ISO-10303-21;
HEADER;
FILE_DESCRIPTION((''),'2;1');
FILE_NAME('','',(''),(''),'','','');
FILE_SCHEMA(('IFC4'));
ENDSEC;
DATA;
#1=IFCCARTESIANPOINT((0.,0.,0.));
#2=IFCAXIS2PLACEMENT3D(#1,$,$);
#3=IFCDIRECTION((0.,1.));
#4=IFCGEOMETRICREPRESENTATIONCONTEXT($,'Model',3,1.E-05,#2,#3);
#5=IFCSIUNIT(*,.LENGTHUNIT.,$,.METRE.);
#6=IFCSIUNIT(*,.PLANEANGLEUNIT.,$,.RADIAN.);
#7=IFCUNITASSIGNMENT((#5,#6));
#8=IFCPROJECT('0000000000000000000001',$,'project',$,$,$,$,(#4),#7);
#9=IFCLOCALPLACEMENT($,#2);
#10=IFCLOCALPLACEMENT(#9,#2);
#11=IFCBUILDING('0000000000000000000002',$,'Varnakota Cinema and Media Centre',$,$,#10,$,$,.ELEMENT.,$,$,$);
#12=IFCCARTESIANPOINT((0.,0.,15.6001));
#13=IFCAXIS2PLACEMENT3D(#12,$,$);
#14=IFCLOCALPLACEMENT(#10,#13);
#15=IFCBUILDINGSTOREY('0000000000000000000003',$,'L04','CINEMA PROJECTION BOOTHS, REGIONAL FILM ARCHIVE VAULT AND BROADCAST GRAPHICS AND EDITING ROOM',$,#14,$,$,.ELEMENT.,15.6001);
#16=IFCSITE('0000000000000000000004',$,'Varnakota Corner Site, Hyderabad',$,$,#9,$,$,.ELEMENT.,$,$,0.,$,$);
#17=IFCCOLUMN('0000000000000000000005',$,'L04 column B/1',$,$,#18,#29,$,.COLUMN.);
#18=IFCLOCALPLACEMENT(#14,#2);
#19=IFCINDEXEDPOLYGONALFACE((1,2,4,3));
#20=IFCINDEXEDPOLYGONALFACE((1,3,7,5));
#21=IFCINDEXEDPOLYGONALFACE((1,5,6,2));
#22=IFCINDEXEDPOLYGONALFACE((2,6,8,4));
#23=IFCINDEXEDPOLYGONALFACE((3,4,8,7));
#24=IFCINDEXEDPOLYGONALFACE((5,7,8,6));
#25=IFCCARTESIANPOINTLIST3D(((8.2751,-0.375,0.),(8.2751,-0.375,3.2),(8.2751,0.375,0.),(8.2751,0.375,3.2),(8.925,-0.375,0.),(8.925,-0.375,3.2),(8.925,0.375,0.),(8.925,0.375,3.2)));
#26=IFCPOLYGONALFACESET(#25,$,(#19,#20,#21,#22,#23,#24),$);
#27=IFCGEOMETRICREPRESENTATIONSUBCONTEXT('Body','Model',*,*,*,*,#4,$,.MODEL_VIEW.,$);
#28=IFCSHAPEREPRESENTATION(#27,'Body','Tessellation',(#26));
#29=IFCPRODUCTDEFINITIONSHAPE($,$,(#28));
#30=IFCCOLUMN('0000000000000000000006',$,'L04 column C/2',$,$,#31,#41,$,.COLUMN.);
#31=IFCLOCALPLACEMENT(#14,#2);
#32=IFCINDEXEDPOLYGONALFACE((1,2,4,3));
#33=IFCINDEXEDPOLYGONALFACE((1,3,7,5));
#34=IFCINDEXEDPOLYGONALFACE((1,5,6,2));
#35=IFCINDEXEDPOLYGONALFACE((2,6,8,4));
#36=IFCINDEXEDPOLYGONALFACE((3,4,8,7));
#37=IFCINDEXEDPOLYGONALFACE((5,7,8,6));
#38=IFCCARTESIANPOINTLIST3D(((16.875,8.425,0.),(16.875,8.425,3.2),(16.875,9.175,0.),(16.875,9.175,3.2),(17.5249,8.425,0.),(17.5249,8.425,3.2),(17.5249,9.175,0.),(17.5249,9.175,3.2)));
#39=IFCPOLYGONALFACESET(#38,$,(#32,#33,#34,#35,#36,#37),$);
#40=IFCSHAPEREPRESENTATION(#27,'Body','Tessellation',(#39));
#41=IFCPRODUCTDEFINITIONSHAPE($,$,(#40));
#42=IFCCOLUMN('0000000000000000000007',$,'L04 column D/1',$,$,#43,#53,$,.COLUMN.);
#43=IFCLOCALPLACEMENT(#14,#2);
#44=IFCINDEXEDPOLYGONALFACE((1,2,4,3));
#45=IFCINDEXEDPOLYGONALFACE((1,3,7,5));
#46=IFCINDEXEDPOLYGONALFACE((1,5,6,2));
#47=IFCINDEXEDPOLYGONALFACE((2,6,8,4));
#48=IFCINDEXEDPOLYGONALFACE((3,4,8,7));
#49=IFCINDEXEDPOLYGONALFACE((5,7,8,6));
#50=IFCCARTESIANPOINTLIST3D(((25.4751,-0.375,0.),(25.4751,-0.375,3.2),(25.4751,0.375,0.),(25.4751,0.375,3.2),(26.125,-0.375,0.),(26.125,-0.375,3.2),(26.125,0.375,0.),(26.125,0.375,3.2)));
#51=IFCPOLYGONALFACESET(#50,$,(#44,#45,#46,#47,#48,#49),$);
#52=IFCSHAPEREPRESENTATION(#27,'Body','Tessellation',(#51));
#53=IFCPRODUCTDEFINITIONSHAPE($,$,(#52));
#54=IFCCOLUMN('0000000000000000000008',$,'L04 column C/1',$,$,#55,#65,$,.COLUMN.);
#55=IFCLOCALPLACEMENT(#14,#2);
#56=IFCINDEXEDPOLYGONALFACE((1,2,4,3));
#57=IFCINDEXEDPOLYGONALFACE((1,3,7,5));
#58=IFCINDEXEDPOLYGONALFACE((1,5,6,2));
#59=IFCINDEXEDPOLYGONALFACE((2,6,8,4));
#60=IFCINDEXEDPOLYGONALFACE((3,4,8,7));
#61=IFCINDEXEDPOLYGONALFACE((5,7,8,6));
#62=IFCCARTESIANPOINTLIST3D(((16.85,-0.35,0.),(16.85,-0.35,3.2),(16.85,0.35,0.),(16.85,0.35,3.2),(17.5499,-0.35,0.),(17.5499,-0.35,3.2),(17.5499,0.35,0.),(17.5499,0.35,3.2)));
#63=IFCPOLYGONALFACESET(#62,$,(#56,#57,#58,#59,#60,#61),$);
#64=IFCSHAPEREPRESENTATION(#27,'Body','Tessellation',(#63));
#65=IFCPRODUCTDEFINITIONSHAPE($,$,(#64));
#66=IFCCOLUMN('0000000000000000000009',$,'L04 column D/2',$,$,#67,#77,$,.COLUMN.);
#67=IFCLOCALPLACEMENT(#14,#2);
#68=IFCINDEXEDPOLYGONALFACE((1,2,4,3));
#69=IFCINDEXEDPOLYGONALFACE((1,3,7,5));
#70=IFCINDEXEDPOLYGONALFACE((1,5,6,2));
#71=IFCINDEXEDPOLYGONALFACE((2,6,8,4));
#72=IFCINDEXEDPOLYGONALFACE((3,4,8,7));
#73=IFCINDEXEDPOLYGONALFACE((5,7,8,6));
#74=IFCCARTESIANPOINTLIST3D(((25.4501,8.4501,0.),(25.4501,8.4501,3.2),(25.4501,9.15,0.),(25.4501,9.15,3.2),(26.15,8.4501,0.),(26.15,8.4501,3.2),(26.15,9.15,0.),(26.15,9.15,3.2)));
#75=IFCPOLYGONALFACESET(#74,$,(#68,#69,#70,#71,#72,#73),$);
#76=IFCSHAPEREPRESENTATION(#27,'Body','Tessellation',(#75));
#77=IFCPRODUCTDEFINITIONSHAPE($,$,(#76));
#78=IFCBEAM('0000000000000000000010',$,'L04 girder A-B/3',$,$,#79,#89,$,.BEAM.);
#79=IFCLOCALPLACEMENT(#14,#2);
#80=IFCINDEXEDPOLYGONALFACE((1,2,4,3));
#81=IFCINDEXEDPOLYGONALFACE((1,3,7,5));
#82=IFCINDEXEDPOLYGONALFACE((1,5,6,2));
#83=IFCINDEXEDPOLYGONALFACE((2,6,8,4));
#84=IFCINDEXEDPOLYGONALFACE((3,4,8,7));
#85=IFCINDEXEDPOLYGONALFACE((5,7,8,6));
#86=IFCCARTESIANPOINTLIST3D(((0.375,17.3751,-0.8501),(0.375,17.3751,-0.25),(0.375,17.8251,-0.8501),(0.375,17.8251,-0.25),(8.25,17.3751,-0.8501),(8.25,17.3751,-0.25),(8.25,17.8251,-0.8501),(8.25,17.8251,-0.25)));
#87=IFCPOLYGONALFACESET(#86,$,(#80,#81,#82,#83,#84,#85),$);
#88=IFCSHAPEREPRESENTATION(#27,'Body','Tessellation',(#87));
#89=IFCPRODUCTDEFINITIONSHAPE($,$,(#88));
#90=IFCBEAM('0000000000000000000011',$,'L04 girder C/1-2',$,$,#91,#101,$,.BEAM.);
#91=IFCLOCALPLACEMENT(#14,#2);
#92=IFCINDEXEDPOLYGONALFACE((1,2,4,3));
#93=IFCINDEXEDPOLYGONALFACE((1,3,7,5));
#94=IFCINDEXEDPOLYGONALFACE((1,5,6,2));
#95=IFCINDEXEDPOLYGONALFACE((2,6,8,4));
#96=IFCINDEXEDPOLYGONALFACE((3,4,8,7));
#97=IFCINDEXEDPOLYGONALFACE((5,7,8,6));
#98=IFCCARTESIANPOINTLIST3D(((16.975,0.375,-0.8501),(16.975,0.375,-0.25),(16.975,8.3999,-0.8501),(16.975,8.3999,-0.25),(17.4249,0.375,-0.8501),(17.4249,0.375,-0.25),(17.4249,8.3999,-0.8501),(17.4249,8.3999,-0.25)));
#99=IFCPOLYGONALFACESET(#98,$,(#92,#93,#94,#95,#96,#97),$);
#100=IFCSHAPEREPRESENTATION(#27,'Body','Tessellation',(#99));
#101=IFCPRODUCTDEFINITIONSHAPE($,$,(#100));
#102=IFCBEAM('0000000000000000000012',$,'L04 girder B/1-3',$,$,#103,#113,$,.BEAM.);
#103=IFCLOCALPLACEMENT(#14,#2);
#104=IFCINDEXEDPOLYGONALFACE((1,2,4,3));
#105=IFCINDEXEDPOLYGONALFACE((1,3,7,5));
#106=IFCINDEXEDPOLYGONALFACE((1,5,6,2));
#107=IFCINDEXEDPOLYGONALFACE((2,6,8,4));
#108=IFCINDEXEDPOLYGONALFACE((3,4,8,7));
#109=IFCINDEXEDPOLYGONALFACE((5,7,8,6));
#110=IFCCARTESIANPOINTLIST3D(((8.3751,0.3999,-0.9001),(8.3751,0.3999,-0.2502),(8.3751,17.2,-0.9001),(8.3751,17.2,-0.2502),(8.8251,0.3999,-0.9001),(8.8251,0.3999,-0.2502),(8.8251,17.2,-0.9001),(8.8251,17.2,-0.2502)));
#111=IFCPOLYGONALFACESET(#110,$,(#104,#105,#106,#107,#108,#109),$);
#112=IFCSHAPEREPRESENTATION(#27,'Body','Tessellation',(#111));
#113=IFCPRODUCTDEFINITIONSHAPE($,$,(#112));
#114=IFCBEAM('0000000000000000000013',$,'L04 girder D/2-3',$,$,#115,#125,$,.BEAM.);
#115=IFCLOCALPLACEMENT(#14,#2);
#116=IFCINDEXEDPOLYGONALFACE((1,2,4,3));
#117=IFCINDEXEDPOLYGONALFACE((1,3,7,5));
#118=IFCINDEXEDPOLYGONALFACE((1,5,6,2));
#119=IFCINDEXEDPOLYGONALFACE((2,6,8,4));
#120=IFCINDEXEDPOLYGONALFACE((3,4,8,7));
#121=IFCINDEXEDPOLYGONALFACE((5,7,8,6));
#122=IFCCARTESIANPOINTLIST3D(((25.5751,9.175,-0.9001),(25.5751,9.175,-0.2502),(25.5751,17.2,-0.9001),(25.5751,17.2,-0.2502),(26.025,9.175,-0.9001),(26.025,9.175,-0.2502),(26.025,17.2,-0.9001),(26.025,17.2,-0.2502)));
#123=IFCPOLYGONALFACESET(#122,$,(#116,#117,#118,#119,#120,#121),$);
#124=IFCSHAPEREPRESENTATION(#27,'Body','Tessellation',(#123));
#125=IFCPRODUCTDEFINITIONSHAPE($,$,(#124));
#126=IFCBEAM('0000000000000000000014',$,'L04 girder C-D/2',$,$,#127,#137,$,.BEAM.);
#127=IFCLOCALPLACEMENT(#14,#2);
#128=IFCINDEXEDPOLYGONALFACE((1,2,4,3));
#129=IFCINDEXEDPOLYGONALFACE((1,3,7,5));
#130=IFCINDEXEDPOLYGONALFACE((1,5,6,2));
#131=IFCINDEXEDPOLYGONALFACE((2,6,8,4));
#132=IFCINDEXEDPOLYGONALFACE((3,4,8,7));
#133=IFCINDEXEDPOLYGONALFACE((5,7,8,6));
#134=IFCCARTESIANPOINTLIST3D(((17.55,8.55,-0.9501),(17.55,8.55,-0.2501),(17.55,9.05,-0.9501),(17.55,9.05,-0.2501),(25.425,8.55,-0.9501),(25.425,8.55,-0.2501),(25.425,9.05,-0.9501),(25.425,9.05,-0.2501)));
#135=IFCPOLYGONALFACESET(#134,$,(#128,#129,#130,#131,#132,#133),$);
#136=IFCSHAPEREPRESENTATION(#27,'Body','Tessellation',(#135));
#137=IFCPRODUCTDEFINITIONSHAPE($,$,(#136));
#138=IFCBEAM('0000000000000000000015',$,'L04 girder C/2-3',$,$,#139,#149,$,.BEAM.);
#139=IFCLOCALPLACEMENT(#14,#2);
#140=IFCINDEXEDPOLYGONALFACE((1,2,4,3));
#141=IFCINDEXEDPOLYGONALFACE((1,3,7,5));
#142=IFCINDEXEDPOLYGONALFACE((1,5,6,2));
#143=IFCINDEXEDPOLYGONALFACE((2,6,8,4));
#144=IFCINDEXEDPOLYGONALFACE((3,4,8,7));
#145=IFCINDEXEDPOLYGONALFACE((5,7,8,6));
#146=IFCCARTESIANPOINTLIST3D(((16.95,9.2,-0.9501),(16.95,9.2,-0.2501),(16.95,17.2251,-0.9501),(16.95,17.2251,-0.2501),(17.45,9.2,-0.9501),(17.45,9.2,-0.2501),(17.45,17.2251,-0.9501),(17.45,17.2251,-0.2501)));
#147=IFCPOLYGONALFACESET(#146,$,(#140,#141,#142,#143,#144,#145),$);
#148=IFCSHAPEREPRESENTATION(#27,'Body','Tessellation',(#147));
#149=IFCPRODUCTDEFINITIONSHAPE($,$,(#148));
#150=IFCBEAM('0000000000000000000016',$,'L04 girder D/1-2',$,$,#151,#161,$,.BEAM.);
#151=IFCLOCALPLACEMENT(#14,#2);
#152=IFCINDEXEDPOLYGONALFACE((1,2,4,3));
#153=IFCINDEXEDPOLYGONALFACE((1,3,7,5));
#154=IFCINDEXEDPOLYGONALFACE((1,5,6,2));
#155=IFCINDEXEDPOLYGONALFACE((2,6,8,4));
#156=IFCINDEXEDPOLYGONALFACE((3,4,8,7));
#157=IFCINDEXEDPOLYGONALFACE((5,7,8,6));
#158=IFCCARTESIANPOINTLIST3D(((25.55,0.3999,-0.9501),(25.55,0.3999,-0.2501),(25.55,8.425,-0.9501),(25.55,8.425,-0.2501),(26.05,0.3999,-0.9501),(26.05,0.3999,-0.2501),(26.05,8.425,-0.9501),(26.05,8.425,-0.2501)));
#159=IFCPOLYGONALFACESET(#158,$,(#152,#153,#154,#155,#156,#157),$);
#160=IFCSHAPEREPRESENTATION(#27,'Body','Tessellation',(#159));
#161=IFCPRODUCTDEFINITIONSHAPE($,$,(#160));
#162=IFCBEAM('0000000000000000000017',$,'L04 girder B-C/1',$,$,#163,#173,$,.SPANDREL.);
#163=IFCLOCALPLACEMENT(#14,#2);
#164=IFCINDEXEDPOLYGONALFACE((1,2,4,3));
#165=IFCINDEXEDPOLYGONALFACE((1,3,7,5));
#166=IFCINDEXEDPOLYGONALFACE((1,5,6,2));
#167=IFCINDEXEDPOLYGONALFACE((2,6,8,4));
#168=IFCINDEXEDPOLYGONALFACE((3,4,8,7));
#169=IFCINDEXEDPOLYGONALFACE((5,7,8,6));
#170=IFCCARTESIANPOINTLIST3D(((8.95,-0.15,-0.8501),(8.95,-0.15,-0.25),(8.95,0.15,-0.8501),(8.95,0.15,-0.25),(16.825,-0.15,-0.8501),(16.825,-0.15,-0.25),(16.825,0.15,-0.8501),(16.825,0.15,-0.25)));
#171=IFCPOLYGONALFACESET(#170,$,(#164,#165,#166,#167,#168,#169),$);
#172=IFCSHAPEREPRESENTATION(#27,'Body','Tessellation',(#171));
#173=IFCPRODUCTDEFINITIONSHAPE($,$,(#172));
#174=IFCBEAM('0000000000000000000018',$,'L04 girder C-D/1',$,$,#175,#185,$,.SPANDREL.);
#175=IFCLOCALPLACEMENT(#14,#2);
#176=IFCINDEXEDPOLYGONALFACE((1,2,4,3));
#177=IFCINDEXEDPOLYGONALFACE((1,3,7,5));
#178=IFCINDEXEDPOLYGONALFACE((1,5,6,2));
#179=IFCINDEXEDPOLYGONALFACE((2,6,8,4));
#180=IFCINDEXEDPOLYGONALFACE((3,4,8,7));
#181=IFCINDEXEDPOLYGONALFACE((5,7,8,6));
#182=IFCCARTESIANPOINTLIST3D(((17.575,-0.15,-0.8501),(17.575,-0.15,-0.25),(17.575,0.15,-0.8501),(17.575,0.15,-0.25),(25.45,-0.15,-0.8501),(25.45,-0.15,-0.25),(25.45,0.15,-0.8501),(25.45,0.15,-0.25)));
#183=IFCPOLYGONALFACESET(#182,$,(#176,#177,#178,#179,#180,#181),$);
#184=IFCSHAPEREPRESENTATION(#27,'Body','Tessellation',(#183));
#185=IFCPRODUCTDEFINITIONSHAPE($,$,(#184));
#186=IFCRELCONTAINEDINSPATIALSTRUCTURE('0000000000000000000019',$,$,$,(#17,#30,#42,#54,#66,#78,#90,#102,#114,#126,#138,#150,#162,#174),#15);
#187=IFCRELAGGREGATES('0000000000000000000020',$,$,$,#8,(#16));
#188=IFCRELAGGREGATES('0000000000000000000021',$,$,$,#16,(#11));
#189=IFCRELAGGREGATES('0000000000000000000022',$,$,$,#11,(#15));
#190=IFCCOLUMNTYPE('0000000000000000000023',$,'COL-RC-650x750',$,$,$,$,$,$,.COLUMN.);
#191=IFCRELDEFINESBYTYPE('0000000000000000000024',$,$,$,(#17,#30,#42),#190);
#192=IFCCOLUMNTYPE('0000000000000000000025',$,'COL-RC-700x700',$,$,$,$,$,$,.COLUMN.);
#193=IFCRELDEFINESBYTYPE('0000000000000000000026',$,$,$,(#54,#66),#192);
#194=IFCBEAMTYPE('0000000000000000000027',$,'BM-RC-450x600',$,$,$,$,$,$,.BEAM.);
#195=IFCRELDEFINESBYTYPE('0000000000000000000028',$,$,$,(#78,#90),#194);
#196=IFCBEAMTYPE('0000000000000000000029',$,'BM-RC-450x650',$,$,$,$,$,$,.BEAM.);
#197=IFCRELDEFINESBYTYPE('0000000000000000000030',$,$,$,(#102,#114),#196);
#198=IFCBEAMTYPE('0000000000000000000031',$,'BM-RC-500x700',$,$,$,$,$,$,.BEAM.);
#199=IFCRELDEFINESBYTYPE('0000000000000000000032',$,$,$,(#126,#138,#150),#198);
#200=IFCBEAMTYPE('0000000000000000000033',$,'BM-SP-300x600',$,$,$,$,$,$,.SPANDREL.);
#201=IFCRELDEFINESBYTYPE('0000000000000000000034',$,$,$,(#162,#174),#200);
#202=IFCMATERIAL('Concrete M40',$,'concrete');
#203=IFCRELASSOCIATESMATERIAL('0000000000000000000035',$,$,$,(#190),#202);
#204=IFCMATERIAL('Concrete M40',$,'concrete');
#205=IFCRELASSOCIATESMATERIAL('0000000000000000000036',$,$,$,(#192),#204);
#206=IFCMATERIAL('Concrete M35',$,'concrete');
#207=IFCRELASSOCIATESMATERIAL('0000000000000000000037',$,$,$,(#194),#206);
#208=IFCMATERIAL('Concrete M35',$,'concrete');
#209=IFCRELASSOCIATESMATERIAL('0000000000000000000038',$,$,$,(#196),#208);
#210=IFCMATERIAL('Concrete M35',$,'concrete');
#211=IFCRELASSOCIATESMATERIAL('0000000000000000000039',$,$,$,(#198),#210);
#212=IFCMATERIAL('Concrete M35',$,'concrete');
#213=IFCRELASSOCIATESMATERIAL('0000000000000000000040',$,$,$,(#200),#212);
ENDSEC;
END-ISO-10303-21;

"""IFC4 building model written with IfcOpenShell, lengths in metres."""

from ifc_helpers import new_model, si_unit, direction, frame, origin, origin_2d, place, context, subcontext, project, spatial, rectangle, extrude, material, material_profile, profile_set, type_object, element, save


model = new_model("IFC4")

# Units and contexts
model_context = context("Model", 3, precision=1e-05, world=origin(), true_north=direction((0.0, 1.0)))
body_context = subcontext(model_context, "Body", "Model", "MODEL_VIEW")
ifc_project = project(units=[si_unit("LENGTHUNIT", "METRE"), si_unit("PLANEANGLEUNIT", "RADIAN")], contexts=[model_context])

# Site, building, storey
site_placement = place(None, origin())
site = spatial("IfcSite", under=ifc_project, at=site_placement, Name="Varnakota Corner Site, Hyderabad", CompositionType="ELEMENT", RefElevation=0.0)
building_placement = place(site_placement, origin())
building = spatial("IfcBuilding", under=site, at=building_placement, Name="Varnakota Cinema and Media Centre", CompositionType="ELEMENT")
storey_placement = place(building_placement, frame((0.0, 0.0, 15.6001)))
storey = spatial("IfcBuildingStorey", under=building, at=storey_placement, Name="L04", Description="CINEMA PROJECTION BOOTHS, REGIONAL FILM ARCHIVE VAULT AND BROADCAST GRAPHICS AND EDITING ROOM", CompositionType="ELEMENT", Elevation=15.6001)

# Columns
ifc_material_1 = material(Name="Concrete M40", Category="concrete")
ifc_material_profile_1 = material_profile(ifc_material_1, rectangle(XDim=0.6499, YDim=0.75, at=origin_2d()), Name="RC 650x750")
ifc_profile_set_1 = profile_set([ifc_material_profile_1], Name="Concrete M40")
column_type_1 = type_object("IfcColumnType", Name="COL-RC-650x750", PredefinedType="COLUMN", material=ifc_profile_set_1)
for number, where, z_axis, x_axis, name in (
    (1, (8.6001, 0.0, 0.0), (0.0, 0.0, 1.0), (1.0, 0.0, 0.0), "L04 column B/1"),
    (2, (17.2, 8.8, 0.0), (0.0, 0.0, 1.0), (1.0, 0.0, 0.0), "L04 column C/2"),
    (3, (25.8, 0.0, 0.0), (0.0, 0.0, 1.0), (1.0, 0.0, 0.0), "L04 column D/1"),
):
    element("IfcColumn", number, at=place(storey_placement, frame(where, z_axis=z_axis, x_axis=x_axis)), inside=storey, type_object=column_type_1, Name=name, PredefinedType="COLUMN", context=body_context, shape_type="SweptSolid", body=[
        extrude(rectangle(XDim=0.6499, YDim=0.75, at=origin_2d()), origin(), (0.0, 0.0, 1.0), 3.2),
    ])
ifc_material_2 = material(Name="Concrete M40", Category="concrete")
ifc_material_profile_2 = material_profile(ifc_material_2, rectangle(XDim=0.7, YDim=0.7, at=origin_2d()), Name="RC 700x700")
ifc_profile_set_2 = profile_set([ifc_material_profile_2], Name="Concrete M40")
column_type_2 = type_object("IfcColumnType", Name="COL-RC-700x700", PredefinedType="COLUMN", material=ifc_profile_set_2)
for number, where, z_axis, x_axis, name in (
    (4, (17.2, 0.0, 0.0), (0.0, 0.0, 1.0), (1.0, 0.0, 0.0), "L04 column C/1"),
    (5, (25.8, 8.8, 0.0), (0.0, 0.0, 1.0), (1.0, 0.0, 0.0), "L04 column D/2"),
):
    element("IfcColumn", number, at=place(storey_placement, frame(where, z_axis=z_axis, x_axis=x_axis)), inside=storey, type_object=column_type_2, Name=name, PredefinedType="COLUMN", context=body_context, shape_type="SweptSolid", body=[
        extrude(rectangle(XDim=0.7, YDim=0.7, at=origin_2d()), origin(), (0.0, 0.0, 1.0), 3.2),
    ])

# Beams
ifc_material_3 = material(Name="Concrete M35", Category="concrete")
ifc_material_profile_3 = material_profile(ifc_material_3, rectangle(XDim=0.45, YDim=0.6001, at=origin_2d()), Name="RCB 450x600")
ifc_profile_set_3 = profile_set([ifc_material_profile_3], Name="Concrete M35")
beam_type_1 = type_object("IfcBeamType", Name="BM-RC-450x600", PredefinedType="BEAM", material=ifc_profile_set_3)
beam_1_placement = place(storey_placement, frame((0.375, 17.6001, -0.55), z_axis=(1.0, 0.0, 0.0), x_axis=(0.0, 1.0, 0.0)))
element("IfcBeam", 6, at=beam_1_placement, inside=storey, type_object=beam_type_1, Name="L04 girder A-B/3", PredefinedType="BEAM", context=body_context, shape_type="SweptSolid", body=[
    extrude(rectangle(XDim=0.45, YDim=0.6001, at=origin_2d()), origin(), (0.0, 0.0, 1.0), 7.875),
])
beam_2_placement = place(storey_placement, frame((17.2, 0.375, -0.55), z_axis=(0.0, 1.0, 0.0), x_axis=(-1.0, 0.0, 0.0)))
element("IfcBeam", 7, at=beam_2_placement, inside=storey, type_object=beam_type_1, Name="L04 girder C/1-2", PredefinedType="BEAM", context=body_context, shape_type="SweptSolid", body=[
    extrude(rectangle(XDim=0.45, YDim=0.6001, at=origin_2d()), origin(), (0.0, 0.0, 1.0), 8.0249),
])
ifc_material_4 = material(Name="Concrete M35", Category="concrete")
ifc_material_profile_4 = material_profile(ifc_material_4, rectangle(XDim=0.45, YDim=0.6499, at=origin_2d()), Name="RCB 450x650")
ifc_profile_set_4 = profile_set([ifc_material_profile_4], Name="Concrete M35")
beam_type_2 = type_object("IfcBeamType", Name="BM-RC-450x650", PredefinedType="BEAM", material=ifc_profile_set_4)
beam_3_placement = place(storey_placement, frame((8.6001, 0.3999, -0.5752), z_axis=(0.0, 1.0, 0.0), x_axis=(-1.0, 0.0, 0.0)))
element("IfcBeam", 8, at=beam_3_placement, inside=storey, type_object=beam_type_2, Name="L04 girder B/1-3", PredefinedType="BEAM", context=body_context, shape_type="SweptSolid", body=[
    extrude(rectangle(XDim=0.45, YDim=0.6499, at=origin_2d()), origin(), (0.0, 0.0, 1.0), 16.8),
])
beam_4_placement = place(storey_placement, frame((25.8, 9.175, -0.5752), z_axis=(0.0, 1.0, 0.0), x_axis=(-1.0, 0.0, 0.0)))
element("IfcBeam", 9, at=beam_4_placement, inside=storey, type_object=beam_type_2, Name="L04 girder D/2-3", PredefinedType="BEAM", context=body_context, shape_type="SweptSolid", body=[
    extrude(rectangle(XDim=0.45, YDim=0.6499, at=origin_2d()), origin(), (0.0, 0.0, 1.0), 8.0249),
])
ifc_material_5 = material(Name="Concrete M35", Category="concrete")
ifc_material_profile_5 = material_profile(ifc_material_5, rectangle(XDim=0.5, YDim=0.7, at=origin_2d()), Name="RCB 500x700")
ifc_profile_set_5 = profile_set([ifc_material_profile_5], Name="Concrete M35")
beam_type_3 = type_object("IfcBeamType", Name="BM-RC-500x700", PredefinedType="BEAM", material=ifc_profile_set_5)
beam_5_placement = place(storey_placement, frame((17.55, 8.8, -0.6001), z_axis=(1.0, 0.0, 0.0), x_axis=(0.0, 1.0, 0.0)))
element("IfcBeam", 10, at=beam_5_placement, inside=storey, type_object=beam_type_3, Name="L04 girder C-D/2", PredefinedType="BEAM", context=body_context, shape_type="SweptSolid", body=[
    extrude(rectangle(XDim=0.5, YDim=0.7, at=origin_2d()), origin(), (0.0, 0.0, 1.0), 7.875),
])
for number, where, z_axis, x_axis, name in (
    (11, (17.2, 9.2, -0.6001), (0.0, 1.0, 0.0), (-1.0, 0.0, 0.0), "L04 girder C/2-3"),
    (12, (25.8, 0.3999, -0.6001), (0.0, 1.0, 0.0), (-1.0, 0.0, 0.0), "L04 girder D/1-2"),
):
    element("IfcBeam", number, at=place(storey_placement, frame(where, z_axis=z_axis, x_axis=x_axis)), inside=storey, type_object=beam_type_3, Name=name, PredefinedType="BEAM", context=body_context, shape_type="SweptSolid", body=[
        extrude(rectangle(XDim=0.5, YDim=0.7, at=origin_2d()), origin(), (0.0, 0.0, 1.0), 8.0251),
    ])
ifc_material_6 = material(Name="Concrete M35", Category="concrete")
ifc_material_profile_6 = material_profile(ifc_material_6, rectangle(XDim=0.3, YDim=0.6001, at=origin_2d()), Name="RCB 300x600")
ifc_profile_set_6 = profile_set([ifc_material_profile_6], Name="Concrete M35")
beam_type_4 = type_object("IfcBeamType", Name="BM-SP-300x600", PredefinedType="SPANDREL", material=ifc_profile_set_6)
for number, where, z_axis, x_axis, name in (
    (13, (8.95, 0.0, -0.55), (1.0, 0.0, 0.0), (0.0, 1.0, 0.0), "L04 girder B-C/1"),
    (14, (17.575, 0.0, -0.55), (1.0, 0.0, 0.0), (0.0, 1.0, 0.0), "L04 girder C-D/1"),
):
    element("IfcBeam", number, at=place(storey_placement, frame(where, z_axis=z_axis, x_axis=x_axis)), inside=storey, type_object=beam_type_4, Name=name, PredefinedType="SPANDREL", context=body_context, shape_type="SweptSolid", body=[
        extrude(rectangle(XDim=0.3, YDim=0.6001, at=origin_2d()), origin(), (0.0, 0.0, 1.0), 7.875),
    ])

save(model, "model.ifc")
